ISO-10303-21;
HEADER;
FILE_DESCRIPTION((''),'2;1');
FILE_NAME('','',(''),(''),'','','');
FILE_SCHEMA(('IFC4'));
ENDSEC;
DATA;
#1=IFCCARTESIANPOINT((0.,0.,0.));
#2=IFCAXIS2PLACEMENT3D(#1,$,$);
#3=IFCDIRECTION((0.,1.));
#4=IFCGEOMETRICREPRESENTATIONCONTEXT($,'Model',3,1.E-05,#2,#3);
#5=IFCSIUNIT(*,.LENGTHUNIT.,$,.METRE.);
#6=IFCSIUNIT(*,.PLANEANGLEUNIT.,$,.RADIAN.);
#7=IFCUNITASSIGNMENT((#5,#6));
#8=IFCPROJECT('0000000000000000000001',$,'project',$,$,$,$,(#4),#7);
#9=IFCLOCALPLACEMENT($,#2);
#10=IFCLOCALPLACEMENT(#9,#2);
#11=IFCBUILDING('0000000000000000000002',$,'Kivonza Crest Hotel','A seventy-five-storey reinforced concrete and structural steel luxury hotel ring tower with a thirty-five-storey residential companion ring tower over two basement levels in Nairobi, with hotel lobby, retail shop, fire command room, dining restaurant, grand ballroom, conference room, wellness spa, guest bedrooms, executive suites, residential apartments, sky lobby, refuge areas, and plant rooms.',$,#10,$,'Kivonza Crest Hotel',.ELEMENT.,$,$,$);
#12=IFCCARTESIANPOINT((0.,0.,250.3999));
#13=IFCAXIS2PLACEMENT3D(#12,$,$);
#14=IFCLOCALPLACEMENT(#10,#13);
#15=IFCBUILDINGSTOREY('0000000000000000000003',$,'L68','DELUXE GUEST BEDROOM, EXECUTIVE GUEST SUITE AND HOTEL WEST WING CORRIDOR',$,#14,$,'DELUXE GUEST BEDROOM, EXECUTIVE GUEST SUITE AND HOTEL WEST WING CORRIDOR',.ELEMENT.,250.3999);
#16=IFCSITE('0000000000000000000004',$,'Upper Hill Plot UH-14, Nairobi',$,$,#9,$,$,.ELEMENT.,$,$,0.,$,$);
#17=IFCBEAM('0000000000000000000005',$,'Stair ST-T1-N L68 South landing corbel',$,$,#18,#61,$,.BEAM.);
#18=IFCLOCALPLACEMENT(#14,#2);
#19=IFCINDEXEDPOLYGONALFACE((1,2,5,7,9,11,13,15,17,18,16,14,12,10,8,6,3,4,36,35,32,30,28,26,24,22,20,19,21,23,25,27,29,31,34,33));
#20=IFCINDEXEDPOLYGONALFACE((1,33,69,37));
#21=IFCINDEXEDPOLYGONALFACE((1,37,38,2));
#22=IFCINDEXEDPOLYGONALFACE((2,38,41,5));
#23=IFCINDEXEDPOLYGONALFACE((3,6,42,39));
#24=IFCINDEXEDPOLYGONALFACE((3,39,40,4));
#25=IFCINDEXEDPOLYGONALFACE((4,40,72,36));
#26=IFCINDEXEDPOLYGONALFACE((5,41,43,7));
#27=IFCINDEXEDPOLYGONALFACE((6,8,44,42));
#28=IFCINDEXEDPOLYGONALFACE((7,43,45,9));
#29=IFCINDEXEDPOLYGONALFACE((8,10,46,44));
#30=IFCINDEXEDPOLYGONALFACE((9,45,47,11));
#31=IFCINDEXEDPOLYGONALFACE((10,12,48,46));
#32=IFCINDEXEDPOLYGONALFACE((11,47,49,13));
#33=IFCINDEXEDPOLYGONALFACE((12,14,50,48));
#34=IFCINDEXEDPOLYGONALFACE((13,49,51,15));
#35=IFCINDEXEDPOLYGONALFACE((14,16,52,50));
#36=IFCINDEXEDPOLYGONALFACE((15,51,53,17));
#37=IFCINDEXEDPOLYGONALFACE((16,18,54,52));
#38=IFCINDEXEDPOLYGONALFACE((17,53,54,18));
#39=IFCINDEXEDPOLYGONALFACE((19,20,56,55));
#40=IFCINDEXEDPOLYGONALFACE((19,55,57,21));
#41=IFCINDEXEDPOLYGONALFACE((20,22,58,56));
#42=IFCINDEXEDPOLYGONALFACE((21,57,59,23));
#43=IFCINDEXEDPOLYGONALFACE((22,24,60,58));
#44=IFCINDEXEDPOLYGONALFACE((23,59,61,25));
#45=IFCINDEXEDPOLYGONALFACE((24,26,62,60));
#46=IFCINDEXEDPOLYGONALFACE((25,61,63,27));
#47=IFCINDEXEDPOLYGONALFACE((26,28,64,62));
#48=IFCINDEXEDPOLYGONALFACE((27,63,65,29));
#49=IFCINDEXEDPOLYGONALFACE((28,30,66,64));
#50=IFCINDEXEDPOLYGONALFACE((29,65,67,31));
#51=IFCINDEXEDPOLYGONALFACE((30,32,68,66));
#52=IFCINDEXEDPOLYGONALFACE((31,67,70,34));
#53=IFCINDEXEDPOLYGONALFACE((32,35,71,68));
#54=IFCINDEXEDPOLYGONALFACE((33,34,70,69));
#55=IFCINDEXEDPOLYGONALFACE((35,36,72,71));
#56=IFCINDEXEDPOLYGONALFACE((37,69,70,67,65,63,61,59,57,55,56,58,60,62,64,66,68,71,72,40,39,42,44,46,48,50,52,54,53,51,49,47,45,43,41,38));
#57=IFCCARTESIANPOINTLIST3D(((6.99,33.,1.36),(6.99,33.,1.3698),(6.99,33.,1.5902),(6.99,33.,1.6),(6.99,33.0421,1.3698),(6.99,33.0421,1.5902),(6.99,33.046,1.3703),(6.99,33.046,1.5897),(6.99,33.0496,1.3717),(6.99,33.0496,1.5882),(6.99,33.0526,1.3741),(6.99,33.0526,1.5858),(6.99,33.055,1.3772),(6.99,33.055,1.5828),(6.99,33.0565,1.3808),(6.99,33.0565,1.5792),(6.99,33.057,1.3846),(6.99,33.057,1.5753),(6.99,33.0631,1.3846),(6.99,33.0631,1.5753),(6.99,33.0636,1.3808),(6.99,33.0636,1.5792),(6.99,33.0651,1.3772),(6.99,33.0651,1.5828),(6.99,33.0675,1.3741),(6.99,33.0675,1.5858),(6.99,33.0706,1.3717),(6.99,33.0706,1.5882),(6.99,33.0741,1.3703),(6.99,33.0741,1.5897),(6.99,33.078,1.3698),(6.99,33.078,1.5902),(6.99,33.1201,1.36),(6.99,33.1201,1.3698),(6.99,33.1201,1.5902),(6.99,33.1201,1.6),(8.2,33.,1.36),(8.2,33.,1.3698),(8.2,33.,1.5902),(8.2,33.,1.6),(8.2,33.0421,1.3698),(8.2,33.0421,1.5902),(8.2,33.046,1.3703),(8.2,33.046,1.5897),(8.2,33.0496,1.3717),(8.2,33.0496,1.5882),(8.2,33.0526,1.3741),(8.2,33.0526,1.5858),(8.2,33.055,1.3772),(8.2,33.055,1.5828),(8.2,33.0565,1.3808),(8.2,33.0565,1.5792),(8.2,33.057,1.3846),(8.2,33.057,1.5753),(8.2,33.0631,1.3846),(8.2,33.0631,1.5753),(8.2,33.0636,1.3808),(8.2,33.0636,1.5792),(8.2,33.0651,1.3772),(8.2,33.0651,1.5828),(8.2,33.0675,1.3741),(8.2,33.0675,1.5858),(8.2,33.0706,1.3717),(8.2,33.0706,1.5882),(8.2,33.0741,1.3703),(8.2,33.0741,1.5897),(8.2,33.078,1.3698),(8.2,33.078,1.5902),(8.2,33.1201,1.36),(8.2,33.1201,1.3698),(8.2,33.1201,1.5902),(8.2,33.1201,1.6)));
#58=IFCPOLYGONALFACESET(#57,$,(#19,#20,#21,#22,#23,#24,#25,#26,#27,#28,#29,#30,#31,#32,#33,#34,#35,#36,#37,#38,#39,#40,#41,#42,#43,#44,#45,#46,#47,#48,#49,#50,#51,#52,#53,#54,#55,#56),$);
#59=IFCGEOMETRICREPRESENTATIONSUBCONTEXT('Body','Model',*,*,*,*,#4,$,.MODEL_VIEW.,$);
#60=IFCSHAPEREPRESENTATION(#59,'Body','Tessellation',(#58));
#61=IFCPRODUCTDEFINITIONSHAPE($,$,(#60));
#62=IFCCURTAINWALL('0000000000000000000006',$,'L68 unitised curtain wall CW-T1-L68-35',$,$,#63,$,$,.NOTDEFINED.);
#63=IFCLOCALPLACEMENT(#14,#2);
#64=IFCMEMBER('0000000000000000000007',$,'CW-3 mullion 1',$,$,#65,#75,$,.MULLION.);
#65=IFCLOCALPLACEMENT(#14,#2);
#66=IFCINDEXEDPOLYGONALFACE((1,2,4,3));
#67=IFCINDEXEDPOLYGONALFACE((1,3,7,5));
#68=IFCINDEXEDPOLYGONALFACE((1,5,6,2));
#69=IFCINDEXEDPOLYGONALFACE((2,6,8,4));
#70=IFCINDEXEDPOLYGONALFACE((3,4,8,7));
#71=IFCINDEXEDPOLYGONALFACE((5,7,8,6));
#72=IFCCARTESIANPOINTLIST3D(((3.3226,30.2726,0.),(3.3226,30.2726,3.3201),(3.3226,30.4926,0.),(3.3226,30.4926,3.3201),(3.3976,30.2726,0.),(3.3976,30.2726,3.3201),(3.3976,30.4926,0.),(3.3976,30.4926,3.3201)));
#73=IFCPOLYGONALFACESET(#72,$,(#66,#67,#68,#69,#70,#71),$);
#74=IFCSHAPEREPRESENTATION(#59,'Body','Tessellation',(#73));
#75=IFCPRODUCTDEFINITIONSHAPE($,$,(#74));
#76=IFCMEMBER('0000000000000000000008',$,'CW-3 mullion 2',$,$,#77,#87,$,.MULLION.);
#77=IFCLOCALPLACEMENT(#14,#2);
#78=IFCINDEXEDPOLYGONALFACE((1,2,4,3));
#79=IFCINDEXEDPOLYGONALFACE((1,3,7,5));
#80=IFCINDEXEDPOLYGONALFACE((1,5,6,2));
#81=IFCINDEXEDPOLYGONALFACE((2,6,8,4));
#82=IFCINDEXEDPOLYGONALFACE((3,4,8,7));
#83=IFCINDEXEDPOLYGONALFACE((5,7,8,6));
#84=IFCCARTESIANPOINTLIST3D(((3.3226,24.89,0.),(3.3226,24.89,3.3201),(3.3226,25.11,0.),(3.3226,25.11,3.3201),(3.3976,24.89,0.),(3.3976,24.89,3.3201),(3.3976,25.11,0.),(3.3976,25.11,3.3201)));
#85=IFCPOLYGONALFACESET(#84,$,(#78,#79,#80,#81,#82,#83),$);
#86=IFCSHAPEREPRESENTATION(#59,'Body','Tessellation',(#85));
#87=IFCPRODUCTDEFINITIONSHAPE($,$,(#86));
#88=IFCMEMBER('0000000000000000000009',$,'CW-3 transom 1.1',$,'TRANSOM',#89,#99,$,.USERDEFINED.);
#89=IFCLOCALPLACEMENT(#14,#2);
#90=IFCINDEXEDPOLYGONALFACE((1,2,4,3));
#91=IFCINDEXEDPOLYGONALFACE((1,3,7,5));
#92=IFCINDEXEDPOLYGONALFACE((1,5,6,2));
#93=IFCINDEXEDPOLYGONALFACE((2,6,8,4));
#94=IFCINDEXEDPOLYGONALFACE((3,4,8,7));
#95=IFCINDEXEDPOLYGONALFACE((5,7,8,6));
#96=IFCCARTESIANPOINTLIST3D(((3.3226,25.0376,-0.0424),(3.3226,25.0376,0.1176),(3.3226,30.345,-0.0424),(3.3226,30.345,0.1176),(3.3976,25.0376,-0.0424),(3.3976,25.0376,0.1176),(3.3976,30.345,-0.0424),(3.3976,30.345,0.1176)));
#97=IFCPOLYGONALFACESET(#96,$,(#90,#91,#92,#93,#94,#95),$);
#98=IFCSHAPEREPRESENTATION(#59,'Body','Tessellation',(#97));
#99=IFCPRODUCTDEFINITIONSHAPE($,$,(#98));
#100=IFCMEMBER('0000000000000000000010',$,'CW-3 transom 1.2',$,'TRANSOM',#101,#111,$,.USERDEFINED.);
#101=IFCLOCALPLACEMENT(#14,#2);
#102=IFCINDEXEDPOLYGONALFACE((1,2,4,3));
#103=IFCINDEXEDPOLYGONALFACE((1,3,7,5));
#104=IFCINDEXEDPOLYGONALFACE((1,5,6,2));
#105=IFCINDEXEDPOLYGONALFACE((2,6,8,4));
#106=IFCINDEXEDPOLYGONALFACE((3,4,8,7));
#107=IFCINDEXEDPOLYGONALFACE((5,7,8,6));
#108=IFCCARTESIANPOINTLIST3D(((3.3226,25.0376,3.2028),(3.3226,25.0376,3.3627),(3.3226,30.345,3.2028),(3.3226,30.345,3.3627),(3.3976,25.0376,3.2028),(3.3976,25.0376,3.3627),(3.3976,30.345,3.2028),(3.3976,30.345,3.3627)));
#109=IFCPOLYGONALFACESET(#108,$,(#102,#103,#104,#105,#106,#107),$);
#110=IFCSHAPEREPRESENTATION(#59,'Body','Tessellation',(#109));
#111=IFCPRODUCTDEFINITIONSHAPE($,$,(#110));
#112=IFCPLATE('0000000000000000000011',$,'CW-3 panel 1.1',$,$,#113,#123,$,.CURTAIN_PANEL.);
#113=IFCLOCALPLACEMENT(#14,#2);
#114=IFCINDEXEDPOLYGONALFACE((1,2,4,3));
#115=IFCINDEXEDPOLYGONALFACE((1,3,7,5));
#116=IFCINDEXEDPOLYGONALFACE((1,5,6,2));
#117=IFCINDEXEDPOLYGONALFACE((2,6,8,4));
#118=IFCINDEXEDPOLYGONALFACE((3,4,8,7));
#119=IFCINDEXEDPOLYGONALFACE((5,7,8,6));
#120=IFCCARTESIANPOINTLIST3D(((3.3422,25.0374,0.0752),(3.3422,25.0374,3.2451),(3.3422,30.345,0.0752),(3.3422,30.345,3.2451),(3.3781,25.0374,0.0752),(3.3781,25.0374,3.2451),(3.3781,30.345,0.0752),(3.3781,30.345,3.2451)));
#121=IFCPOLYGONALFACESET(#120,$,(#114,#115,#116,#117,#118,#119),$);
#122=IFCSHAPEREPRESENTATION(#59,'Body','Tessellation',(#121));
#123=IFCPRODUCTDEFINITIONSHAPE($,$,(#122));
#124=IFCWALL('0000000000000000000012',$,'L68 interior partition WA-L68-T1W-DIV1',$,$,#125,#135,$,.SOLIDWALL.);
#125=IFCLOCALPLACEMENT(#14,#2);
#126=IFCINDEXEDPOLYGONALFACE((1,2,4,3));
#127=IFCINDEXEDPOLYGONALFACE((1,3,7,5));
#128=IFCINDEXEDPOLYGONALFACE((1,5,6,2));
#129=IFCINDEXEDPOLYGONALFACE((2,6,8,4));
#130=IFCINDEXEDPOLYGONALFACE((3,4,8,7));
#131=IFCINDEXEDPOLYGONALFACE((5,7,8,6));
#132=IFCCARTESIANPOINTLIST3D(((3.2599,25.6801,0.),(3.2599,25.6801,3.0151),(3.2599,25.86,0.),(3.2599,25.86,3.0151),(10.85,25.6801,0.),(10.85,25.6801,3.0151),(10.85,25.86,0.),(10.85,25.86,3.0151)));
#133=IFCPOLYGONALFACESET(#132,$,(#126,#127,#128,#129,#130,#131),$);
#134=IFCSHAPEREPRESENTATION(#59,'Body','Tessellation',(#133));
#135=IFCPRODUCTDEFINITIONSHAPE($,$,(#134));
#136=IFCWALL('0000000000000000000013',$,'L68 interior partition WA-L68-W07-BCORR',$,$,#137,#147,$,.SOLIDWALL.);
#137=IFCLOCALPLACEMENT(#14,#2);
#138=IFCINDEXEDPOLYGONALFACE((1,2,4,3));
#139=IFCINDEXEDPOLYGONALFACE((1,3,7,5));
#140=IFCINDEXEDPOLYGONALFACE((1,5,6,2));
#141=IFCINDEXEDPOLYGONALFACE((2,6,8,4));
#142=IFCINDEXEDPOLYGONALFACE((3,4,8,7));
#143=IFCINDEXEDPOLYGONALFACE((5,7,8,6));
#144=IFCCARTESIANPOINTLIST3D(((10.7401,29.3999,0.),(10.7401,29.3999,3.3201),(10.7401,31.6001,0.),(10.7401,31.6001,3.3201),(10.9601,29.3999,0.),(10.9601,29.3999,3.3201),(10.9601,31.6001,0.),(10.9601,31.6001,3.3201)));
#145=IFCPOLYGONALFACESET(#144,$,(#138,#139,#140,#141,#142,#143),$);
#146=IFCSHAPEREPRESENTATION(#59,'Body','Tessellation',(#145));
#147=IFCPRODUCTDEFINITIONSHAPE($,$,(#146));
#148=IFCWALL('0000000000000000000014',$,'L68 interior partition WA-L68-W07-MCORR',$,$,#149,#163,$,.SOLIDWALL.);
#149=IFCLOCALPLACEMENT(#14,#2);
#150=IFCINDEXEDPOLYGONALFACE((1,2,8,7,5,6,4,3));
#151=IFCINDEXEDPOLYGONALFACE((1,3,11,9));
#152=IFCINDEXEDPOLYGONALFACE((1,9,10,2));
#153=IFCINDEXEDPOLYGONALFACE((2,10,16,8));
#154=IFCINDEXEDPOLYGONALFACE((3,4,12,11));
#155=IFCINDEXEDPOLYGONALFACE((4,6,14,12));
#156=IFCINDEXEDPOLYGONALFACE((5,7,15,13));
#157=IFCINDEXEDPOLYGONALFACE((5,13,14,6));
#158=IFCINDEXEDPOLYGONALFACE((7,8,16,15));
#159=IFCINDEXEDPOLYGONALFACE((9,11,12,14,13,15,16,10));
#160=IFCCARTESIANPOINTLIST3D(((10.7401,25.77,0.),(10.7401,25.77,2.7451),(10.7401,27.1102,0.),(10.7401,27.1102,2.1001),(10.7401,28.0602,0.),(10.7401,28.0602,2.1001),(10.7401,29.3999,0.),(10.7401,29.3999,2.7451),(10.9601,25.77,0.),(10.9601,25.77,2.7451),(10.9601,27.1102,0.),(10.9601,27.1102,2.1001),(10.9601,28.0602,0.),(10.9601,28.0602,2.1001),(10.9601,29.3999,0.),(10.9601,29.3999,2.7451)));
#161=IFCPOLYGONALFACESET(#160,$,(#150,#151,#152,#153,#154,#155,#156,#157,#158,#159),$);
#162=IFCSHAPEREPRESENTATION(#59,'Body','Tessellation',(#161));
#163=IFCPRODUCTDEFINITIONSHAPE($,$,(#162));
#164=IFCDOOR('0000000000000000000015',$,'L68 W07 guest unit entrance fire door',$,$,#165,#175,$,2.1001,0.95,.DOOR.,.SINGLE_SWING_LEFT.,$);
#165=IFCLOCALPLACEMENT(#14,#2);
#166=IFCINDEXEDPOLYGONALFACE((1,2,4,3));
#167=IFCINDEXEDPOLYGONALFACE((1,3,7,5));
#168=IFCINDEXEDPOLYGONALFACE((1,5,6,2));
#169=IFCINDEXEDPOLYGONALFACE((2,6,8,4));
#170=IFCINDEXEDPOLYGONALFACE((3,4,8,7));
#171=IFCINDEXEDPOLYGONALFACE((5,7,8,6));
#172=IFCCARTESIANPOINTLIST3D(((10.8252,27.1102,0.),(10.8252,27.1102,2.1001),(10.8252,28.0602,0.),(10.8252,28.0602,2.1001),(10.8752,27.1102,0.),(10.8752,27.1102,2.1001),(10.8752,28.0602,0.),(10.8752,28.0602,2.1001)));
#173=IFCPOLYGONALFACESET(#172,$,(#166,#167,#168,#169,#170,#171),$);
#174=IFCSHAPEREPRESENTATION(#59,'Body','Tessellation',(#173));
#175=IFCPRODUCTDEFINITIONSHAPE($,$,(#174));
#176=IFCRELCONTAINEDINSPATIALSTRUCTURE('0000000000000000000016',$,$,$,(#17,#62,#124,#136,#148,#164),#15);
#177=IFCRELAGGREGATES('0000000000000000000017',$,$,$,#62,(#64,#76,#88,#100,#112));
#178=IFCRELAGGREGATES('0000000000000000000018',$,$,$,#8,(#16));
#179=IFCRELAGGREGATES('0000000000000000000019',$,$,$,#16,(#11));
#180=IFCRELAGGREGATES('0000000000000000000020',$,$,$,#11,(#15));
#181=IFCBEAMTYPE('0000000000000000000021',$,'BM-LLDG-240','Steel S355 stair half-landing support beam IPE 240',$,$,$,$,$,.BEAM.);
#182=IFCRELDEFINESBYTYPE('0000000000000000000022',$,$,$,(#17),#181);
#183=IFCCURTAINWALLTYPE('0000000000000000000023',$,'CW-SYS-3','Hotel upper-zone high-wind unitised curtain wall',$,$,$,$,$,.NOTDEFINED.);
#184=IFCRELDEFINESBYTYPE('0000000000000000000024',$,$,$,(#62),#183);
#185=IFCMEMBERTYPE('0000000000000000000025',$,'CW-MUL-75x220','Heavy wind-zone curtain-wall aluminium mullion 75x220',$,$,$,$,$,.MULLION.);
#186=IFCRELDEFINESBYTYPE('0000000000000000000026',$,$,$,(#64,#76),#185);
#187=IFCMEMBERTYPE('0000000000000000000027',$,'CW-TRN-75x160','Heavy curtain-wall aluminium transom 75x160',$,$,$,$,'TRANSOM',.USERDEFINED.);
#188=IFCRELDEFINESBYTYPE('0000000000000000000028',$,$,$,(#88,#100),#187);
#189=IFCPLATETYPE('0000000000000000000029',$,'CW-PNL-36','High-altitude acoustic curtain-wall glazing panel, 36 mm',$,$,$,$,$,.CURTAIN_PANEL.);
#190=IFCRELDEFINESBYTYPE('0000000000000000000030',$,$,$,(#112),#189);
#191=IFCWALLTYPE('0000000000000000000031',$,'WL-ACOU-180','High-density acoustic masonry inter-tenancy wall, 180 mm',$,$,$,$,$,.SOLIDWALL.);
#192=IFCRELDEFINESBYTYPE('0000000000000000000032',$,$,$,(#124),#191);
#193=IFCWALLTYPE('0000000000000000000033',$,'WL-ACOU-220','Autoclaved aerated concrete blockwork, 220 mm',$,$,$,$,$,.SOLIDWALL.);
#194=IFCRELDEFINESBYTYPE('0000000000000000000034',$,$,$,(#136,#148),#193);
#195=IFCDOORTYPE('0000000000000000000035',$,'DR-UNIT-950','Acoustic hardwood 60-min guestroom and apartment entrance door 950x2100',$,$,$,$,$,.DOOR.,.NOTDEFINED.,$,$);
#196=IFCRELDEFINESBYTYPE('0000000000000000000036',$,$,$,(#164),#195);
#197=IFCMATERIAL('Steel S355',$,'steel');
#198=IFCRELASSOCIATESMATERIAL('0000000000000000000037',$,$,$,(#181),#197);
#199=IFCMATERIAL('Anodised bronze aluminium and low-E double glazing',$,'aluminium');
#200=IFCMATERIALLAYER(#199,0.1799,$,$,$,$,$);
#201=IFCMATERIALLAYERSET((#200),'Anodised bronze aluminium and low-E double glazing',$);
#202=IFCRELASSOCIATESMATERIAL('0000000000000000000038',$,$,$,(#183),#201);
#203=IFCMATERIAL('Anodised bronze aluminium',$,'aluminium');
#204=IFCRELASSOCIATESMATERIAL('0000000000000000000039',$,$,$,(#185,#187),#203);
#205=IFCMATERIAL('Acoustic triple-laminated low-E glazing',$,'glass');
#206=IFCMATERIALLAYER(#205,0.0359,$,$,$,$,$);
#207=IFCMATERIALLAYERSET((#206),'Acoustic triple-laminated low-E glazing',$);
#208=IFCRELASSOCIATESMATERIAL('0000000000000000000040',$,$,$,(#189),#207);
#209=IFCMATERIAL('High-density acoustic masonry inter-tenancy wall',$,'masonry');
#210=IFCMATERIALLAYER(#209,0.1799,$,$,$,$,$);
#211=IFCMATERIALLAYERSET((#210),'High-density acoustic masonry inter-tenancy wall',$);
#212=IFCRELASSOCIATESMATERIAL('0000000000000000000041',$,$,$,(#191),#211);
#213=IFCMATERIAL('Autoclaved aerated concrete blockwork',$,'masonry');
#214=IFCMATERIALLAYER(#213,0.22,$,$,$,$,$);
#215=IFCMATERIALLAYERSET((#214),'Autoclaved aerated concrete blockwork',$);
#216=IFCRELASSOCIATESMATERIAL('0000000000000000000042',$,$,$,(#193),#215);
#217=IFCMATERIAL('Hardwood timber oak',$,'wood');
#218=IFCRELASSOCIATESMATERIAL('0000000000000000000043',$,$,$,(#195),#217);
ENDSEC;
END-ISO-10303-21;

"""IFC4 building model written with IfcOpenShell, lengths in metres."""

from ifc_helpers import new_model, si_unit, direction, frame, frame_2d, origin, origin_2d, place, context, subcontext, project, spatial, rectangle, i_section, extrude, material, layer, layer_set, material_profile, profile_set, type_object, element, fill, aggregate, save


model = new_model("IFC4")

# Units and contexts
model_context = context("Model", 3, precision=1e-05, world=origin(), true_north=direction((0.0, 1.0)))
body_context = subcontext(model_context, "Body", "Model", "MODEL_VIEW")
ifc_project = project(units=[si_unit("LENGTHUNIT", "METRE"), si_unit("PLANEANGLEUNIT", "RADIAN")], contexts=[model_context])

# Site, building, storey
site_placement = place(None, origin())
site = spatial("IfcSite", under=ifc_project, at=site_placement, Name="Upper Hill Plot UH-14, Nairobi", CompositionType="ELEMENT", RefElevation=0.0)
building_placement = place(site_placement, origin())
building = spatial("IfcBuilding", under=site, at=building_placement, Name="Kivonza Crest Hotel", Description="A seventy-five-storey reinforced concrete and structural steel luxury hotel ring tower with a thirty-five-storey residential companion ring tower over two basement levels in Nairobi, with hotel lobby, retail shop, fire command room, dining restaurant, grand ballroom, conference room, wellness spa, guest bedrooms, executive suites, residential apartments, sky lobby, refuge areas, and plant rooms.", LongName="Kivonza Crest Hotel", CompositionType="ELEMENT")
storey_placement = place(building_placement, frame((0.0, 0.0, 250.3999)))
storey = spatial("IfcBuildingStorey", under=building, at=storey_placement, Name="L68", Description="DELUXE GUEST BEDROOM, EXECUTIVE GUEST SUITE AND HOTEL WEST WING CORRIDOR", LongName="DELUXE GUEST BEDROOM, EXECUTIVE GUEST SUITE AND HOTEL WEST WING CORRIDOR", CompositionType="ELEMENT", Elevation=250.3999)

# Beam
ifc_material_1 = material(Name="Steel S355", Category="steel")
ifc_material_profile_1 = material_profile(ifc_material_1, i_section(OverallWidth=0.1201, OverallDepth=0.24, WebThickness=0.0061, FlangeThickness=0.0098, FilletRadius=0.0149, at=origin_2d()), Name="IPE 240")
ifc_profile_set_1 = profile_set([ifc_material_profile_1], Name="Steel S355")
beam_type_1 = type_object("IfcBeamType", Name="BM-LLDG-240", Description="Steel S355 stair half-landing support beam IPE 240", PredefinedType="BEAM", material=ifc_profile_set_1)
beam_1_placement = place(storey_placement, frame((6.99, 33.0601, 1.48), z_axis=(1.0, 0.0, 0.0), x_axis=(0.0, 1.0, 0.0)))
element("IfcBeam", 1, at=beam_1_placement, inside=storey, type_object=beam_type_1, Name="Stair ST-T1-N L68 South landing corbel", PredefinedType="BEAM", context=body_context, shape_type="SweptSolid", body=[
    extrude(i_section(OverallWidth=0.1201, OverallDepth=0.24, WebThickness=0.0061, FlangeThickness=0.0098, FilletRadius=0.0149, at=origin_2d()), origin(), (0.0, 0.0, 1.0), 1.21),
])

# Curtain wall, members, plate
ifc_material_2 = material(Name="Anodised bronze aluminium and low-E double glazing", Category="aluminium")
ifc_layer_1 = layer(ifc_material_2, 0.1799)
ifc_layer_set_1 = layer_set([ifc_layer_1], Name="Anodised bronze aluminium and low-E double glazing")
curtain_wall_type = type_object("IfcCurtainWallType", Name="CW-SYS-3", Description="Hotel upper-zone high-wind unitised curtain wall", PredefinedType="NOTDEFINED", material=ifc_layer_set_1)
curtain_wall_placement = place(storey_placement, origin())
curtain_wall = element("IfcCurtainWall", 2, at=curtain_wall_placement, inside=storey, type_object=curtain_wall_type, Name="L68 unitised curtain wall CW-T1-L68-35", PredefinedType="NOTDEFINED")
ifc_material_3 = material(Name="Anodised bronze aluminium", Category="aluminium")
ifc_material_profile_2 = material_profile(ifc_material_3, rectangle(XDim=0.075, YDim=0.22, at=origin_2d()), Name="CW-M 75x220")
ifc_profile_set_2 = profile_set([ifc_material_profile_2], Name="Anodised bronze aluminium")
member_type_1 = type_object("IfcMemberType", Name="CW-MUL-75x220", Description="Heavy wind-zone curtain-wall aluminium mullion 75x220", PredefinedType="MULLION", material=ifc_profile_set_2)
member_1_placement = place(storey_placement, frame((3.3601, 30.3826, 0.0), z_axis=(0.0, 0.0, 1.0), x_axis=(1.0, 0.0, 0.0)))
member_1 = element("IfcMember", 3, at=member_1_placement, type_object=member_type_1, Name="CW-3 mullion 1", PredefinedType="MULLION", context=body_context, shape_type="SweptSolid", body=[
    extrude(rectangle(XDim=0.075, YDim=0.22, at=origin_2d()), origin(), (0.0, 0.0, 1.0), 3.3201),
])
member_2_placement = place(storey_placement, frame((3.3601, 25.0, 0.0), z_axis=(0.0, 0.0, 1.0), x_axis=(1.0, 0.0, 0.0)))
member_2 = element("IfcMember", 4, at=member_2_placement, type_object=member_type_1, Name="CW-3 mullion 2", PredefinedType="MULLION", context=body_context, shape_type="SweptSolid", body=[
    extrude(rectangle(XDim=0.075, YDim=0.22, at=origin_2d()), origin(), (0.0, 0.0, 1.0), 3.3201),
])
ifc_material_profile_3 = material_profile(ifc_material_3, rectangle(XDim=0.075, YDim=0.1599, at=origin_2d()), Name="CW-T 75x160")
ifc_profile_set_3 = profile_set([ifc_material_profile_3], Name="Anodised bronze aluminium")
member_type_2 = type_object("IfcMemberType", Name="CW-TRN-75x160", Description="Heavy curtain-wall aluminium transom 75x160", ElementType="TRANSOM", PredefinedType="USERDEFINED", material=ifc_profile_set_3)
member_3_placement = place(storey_placement, frame((3.3601, 30.345, 0.0376), z_axis=(0.0, -1.0, 0.0), x_axis=(1.0, 0.0, 0.0)))
member_3 = element("IfcMember", 5, at=member_3_placement, type_object=member_type_2, Name="CW-3 transom 1.1", ObjectType="TRANSOM", PredefinedType="USERDEFINED", context=body_context, shape_type="SweptSolid", body=[
    extrude(rectangle(XDim=0.075, YDim=0.1599, at=origin_2d()), origin(), (0.0, 0.0, 1.0), 5.3074),
])
member_4_placement = place(storey_placement, frame((3.3601, 30.345, 3.2827), z_axis=(0.0, -1.0, 0.0), x_axis=(1.0, 0.0, 0.0)))
member_4 = element("IfcMember", 6, at=member_4_placement, type_object=member_type_2, Name="CW-3 transom 1.2", ObjectType="TRANSOM", PredefinedType="USERDEFINED", context=body_context, shape_type="SweptSolid", body=[
    extrude(rectangle(XDim=0.075, YDim=0.1599, at=origin_2d()), origin(), (0.0, 0.0, 1.0), 5.3074),
])
ifc_material_4 = material(Name="Acoustic triple-laminated low-E glazing", Category="glass")
ifc_layer_2 = layer(ifc_material_4, 0.0359)
ifc_layer_set_2 = layer_set([ifc_layer_2], Name="Acoustic triple-laminated low-E glazing")
plate_type = type_object("IfcPlateType", Name="CW-PNL-36", Description="High-altitude acoustic curtain-wall glazing panel, 36 mm", PredefinedType="CURTAIN_PANEL", material=ifc_layer_set_2)
plate_placement = place(storey_placement, frame((3.3601, 27.6912, 0.0752), z_axis=(0.0, 0.0, 1.0), x_axis=(0.0, -1.0, 0.0)))
plate = element("IfcPlate", 7, at=plate_placement, type_object=plate_type, Name="CW-3 panel 1.1", PredefinedType="CURTAIN_PANEL", context=body_context, shape_type="SweptSolid", body=[
    extrude(rectangle(XDim=5.3076, YDim=0.0359, at=origin_2d()), origin(), (0.0, 0.0, 1.0), 3.1699),
])
aggregate(curtain_wall, [member_1, member_2, member_3, member_4, plate])

# Walls
ifc_material_5 = material(Name="High-density acoustic masonry inter-tenancy wall", Category="masonry")
ifc_layer_3 = layer(ifc_material_5, 0.1799)
ifc_layer_set_3 = layer_set([ifc_layer_3], Name="High-density acoustic masonry inter-tenancy wall")
wall_type_1 = type_object("IfcWallType", Name="WL-ACOU-180", Description="High-density acoustic masonry inter-tenancy wall, 180 mm", PredefinedType="SOLIDWALL", material=ifc_layer_set_3)
wall_1_placement = place(storey_placement, frame((3.26, 25.77, 0.0), z_axis=(0.0, 0.0, 1.0), x_axis=(1.0, 0.0, 0.0)))
element("IfcWall", 8, at=wall_1_placement, inside=storey, type_object=wall_type_1, Name="L68 interior partition WA-L68-T1W-DIV1", PredefinedType="SOLIDWALL", context=body_context, shape_type="SweptSolid", body=[
    extrude(rectangle(XDim=7.5901, YDim=0.1799, at=frame_2d((3.7949, 0.0))), origin(), (0.0, 0.0, 1.0), 3.0151),
])
ifc_material_6 = material(Name="Autoclaved aerated concrete blockwork", Category="masonry")
ifc_layer_4 = layer(ifc_material_6, 0.22)
ifc_layer_set_4 = layer_set([ifc_layer_4], Name="Autoclaved aerated concrete blockwork")
wall_type_2 = type_object("IfcWallType", Name="WL-ACOU-220", Description="Autoclaved aerated concrete blockwork, 220 mm", PredefinedType="SOLIDWALL", material=ifc_layer_set_4)
wall_2_placement = place(storey_placement, frame((10.8501, 29.3999, 0.0), z_axis=(0.0, 0.0, 1.0), x_axis=(0.0, 1.0, 0.0)))
element("IfcWall", 9, at=wall_2_placement, inside=storey, type_object=wall_type_2, Name="L68 interior partition WA-L68-W07-BCORR", PredefinedType="SOLIDWALL", context=body_context, shape_type="SweptSolid", body=[
    extrude(rectangle(XDim=2.2002, YDim=0.22, at=frame_2d((1.1001, 0.0))), origin(), (0.0, 0.0, 1.0), 3.3201),
])

# Wall, opening, door
wall_3_placement = place(storey_placement, frame((10.8501, 25.77, 0.0), z_axis=(0.0, 0.0, 1.0), x_axis=(0.0, 1.0, 0.0)))
wall_3 = element("IfcWall", 10, at=wall_3_placement, inside=storey, type_object=wall_type_2, Name="L68 interior partition WA-L68-W07-MCORR", PredefinedType="SOLIDWALL", context=body_context, shape_type="SweptSolid", body=[
    extrude(rectangle(XDim=3.6299, YDim=0.22, at=frame_2d((1.8149, 0.0))), origin(), (0.0, 0.0, 1.0), 2.7451),
])
opening_1_placement = place(wall_3_placement, frame((1.3401, 0.0, 0.0)))
opening_1 = element("IfcOpeningElement", 11, at=opening_1_placement, cuts=wall_3, PredefinedType="OPENING", context=body_context, shape_type="SweptSolid", body=[
    extrude(rectangle(XDim=0.95, YDim=2.1001, at=frame_2d((0.4751, 1.05))), frame((0.0, 0.1201, 0.0), z_axis=(0.0, -1.0, 0.0), x_axis=(1.0, 0.0, 0.0)), (0.0, 0.0, 1.0), 0.24),
])
ifc_material_7 = material(Name="Hardwood timber oak", Category="wood")
door_type_1 = type_object("IfcDoorType", Name="DR-UNIT-950", Description="Acoustic hardwood 60-min guestroom and apartment entrance door 950x2100", OperationType="NOTDEFINED", PredefinedType="DOOR", material=ifc_material_7)
door_1_placement = place(opening_1_placement, origin())
door_1 = element("IfcDoor", 12, at=door_1_placement, inside=storey, type_object=door_type_1, Name="L68 W07 guest unit entrance fire door", OperationType="SINGLE_SWING_LEFT", OverallHeight=2.1001, OverallWidth=0.95, PredefinedType="DOOR", context=body_context, shape_type="SweptSolid", body=[
    extrude(rectangle(XDim=0.95, YDim=2.1001, at=frame_2d((0.4751, 1.05))), frame((0.0, 0.0249, 0.0), z_axis=(0.0, -1.0, 0.0), x_axis=(1.0, 0.0, 0.0)), (0.0, 0.0, 1.0), 0.05),
])
fill(opening_1, door_1)

save(model, "model.ifc")
